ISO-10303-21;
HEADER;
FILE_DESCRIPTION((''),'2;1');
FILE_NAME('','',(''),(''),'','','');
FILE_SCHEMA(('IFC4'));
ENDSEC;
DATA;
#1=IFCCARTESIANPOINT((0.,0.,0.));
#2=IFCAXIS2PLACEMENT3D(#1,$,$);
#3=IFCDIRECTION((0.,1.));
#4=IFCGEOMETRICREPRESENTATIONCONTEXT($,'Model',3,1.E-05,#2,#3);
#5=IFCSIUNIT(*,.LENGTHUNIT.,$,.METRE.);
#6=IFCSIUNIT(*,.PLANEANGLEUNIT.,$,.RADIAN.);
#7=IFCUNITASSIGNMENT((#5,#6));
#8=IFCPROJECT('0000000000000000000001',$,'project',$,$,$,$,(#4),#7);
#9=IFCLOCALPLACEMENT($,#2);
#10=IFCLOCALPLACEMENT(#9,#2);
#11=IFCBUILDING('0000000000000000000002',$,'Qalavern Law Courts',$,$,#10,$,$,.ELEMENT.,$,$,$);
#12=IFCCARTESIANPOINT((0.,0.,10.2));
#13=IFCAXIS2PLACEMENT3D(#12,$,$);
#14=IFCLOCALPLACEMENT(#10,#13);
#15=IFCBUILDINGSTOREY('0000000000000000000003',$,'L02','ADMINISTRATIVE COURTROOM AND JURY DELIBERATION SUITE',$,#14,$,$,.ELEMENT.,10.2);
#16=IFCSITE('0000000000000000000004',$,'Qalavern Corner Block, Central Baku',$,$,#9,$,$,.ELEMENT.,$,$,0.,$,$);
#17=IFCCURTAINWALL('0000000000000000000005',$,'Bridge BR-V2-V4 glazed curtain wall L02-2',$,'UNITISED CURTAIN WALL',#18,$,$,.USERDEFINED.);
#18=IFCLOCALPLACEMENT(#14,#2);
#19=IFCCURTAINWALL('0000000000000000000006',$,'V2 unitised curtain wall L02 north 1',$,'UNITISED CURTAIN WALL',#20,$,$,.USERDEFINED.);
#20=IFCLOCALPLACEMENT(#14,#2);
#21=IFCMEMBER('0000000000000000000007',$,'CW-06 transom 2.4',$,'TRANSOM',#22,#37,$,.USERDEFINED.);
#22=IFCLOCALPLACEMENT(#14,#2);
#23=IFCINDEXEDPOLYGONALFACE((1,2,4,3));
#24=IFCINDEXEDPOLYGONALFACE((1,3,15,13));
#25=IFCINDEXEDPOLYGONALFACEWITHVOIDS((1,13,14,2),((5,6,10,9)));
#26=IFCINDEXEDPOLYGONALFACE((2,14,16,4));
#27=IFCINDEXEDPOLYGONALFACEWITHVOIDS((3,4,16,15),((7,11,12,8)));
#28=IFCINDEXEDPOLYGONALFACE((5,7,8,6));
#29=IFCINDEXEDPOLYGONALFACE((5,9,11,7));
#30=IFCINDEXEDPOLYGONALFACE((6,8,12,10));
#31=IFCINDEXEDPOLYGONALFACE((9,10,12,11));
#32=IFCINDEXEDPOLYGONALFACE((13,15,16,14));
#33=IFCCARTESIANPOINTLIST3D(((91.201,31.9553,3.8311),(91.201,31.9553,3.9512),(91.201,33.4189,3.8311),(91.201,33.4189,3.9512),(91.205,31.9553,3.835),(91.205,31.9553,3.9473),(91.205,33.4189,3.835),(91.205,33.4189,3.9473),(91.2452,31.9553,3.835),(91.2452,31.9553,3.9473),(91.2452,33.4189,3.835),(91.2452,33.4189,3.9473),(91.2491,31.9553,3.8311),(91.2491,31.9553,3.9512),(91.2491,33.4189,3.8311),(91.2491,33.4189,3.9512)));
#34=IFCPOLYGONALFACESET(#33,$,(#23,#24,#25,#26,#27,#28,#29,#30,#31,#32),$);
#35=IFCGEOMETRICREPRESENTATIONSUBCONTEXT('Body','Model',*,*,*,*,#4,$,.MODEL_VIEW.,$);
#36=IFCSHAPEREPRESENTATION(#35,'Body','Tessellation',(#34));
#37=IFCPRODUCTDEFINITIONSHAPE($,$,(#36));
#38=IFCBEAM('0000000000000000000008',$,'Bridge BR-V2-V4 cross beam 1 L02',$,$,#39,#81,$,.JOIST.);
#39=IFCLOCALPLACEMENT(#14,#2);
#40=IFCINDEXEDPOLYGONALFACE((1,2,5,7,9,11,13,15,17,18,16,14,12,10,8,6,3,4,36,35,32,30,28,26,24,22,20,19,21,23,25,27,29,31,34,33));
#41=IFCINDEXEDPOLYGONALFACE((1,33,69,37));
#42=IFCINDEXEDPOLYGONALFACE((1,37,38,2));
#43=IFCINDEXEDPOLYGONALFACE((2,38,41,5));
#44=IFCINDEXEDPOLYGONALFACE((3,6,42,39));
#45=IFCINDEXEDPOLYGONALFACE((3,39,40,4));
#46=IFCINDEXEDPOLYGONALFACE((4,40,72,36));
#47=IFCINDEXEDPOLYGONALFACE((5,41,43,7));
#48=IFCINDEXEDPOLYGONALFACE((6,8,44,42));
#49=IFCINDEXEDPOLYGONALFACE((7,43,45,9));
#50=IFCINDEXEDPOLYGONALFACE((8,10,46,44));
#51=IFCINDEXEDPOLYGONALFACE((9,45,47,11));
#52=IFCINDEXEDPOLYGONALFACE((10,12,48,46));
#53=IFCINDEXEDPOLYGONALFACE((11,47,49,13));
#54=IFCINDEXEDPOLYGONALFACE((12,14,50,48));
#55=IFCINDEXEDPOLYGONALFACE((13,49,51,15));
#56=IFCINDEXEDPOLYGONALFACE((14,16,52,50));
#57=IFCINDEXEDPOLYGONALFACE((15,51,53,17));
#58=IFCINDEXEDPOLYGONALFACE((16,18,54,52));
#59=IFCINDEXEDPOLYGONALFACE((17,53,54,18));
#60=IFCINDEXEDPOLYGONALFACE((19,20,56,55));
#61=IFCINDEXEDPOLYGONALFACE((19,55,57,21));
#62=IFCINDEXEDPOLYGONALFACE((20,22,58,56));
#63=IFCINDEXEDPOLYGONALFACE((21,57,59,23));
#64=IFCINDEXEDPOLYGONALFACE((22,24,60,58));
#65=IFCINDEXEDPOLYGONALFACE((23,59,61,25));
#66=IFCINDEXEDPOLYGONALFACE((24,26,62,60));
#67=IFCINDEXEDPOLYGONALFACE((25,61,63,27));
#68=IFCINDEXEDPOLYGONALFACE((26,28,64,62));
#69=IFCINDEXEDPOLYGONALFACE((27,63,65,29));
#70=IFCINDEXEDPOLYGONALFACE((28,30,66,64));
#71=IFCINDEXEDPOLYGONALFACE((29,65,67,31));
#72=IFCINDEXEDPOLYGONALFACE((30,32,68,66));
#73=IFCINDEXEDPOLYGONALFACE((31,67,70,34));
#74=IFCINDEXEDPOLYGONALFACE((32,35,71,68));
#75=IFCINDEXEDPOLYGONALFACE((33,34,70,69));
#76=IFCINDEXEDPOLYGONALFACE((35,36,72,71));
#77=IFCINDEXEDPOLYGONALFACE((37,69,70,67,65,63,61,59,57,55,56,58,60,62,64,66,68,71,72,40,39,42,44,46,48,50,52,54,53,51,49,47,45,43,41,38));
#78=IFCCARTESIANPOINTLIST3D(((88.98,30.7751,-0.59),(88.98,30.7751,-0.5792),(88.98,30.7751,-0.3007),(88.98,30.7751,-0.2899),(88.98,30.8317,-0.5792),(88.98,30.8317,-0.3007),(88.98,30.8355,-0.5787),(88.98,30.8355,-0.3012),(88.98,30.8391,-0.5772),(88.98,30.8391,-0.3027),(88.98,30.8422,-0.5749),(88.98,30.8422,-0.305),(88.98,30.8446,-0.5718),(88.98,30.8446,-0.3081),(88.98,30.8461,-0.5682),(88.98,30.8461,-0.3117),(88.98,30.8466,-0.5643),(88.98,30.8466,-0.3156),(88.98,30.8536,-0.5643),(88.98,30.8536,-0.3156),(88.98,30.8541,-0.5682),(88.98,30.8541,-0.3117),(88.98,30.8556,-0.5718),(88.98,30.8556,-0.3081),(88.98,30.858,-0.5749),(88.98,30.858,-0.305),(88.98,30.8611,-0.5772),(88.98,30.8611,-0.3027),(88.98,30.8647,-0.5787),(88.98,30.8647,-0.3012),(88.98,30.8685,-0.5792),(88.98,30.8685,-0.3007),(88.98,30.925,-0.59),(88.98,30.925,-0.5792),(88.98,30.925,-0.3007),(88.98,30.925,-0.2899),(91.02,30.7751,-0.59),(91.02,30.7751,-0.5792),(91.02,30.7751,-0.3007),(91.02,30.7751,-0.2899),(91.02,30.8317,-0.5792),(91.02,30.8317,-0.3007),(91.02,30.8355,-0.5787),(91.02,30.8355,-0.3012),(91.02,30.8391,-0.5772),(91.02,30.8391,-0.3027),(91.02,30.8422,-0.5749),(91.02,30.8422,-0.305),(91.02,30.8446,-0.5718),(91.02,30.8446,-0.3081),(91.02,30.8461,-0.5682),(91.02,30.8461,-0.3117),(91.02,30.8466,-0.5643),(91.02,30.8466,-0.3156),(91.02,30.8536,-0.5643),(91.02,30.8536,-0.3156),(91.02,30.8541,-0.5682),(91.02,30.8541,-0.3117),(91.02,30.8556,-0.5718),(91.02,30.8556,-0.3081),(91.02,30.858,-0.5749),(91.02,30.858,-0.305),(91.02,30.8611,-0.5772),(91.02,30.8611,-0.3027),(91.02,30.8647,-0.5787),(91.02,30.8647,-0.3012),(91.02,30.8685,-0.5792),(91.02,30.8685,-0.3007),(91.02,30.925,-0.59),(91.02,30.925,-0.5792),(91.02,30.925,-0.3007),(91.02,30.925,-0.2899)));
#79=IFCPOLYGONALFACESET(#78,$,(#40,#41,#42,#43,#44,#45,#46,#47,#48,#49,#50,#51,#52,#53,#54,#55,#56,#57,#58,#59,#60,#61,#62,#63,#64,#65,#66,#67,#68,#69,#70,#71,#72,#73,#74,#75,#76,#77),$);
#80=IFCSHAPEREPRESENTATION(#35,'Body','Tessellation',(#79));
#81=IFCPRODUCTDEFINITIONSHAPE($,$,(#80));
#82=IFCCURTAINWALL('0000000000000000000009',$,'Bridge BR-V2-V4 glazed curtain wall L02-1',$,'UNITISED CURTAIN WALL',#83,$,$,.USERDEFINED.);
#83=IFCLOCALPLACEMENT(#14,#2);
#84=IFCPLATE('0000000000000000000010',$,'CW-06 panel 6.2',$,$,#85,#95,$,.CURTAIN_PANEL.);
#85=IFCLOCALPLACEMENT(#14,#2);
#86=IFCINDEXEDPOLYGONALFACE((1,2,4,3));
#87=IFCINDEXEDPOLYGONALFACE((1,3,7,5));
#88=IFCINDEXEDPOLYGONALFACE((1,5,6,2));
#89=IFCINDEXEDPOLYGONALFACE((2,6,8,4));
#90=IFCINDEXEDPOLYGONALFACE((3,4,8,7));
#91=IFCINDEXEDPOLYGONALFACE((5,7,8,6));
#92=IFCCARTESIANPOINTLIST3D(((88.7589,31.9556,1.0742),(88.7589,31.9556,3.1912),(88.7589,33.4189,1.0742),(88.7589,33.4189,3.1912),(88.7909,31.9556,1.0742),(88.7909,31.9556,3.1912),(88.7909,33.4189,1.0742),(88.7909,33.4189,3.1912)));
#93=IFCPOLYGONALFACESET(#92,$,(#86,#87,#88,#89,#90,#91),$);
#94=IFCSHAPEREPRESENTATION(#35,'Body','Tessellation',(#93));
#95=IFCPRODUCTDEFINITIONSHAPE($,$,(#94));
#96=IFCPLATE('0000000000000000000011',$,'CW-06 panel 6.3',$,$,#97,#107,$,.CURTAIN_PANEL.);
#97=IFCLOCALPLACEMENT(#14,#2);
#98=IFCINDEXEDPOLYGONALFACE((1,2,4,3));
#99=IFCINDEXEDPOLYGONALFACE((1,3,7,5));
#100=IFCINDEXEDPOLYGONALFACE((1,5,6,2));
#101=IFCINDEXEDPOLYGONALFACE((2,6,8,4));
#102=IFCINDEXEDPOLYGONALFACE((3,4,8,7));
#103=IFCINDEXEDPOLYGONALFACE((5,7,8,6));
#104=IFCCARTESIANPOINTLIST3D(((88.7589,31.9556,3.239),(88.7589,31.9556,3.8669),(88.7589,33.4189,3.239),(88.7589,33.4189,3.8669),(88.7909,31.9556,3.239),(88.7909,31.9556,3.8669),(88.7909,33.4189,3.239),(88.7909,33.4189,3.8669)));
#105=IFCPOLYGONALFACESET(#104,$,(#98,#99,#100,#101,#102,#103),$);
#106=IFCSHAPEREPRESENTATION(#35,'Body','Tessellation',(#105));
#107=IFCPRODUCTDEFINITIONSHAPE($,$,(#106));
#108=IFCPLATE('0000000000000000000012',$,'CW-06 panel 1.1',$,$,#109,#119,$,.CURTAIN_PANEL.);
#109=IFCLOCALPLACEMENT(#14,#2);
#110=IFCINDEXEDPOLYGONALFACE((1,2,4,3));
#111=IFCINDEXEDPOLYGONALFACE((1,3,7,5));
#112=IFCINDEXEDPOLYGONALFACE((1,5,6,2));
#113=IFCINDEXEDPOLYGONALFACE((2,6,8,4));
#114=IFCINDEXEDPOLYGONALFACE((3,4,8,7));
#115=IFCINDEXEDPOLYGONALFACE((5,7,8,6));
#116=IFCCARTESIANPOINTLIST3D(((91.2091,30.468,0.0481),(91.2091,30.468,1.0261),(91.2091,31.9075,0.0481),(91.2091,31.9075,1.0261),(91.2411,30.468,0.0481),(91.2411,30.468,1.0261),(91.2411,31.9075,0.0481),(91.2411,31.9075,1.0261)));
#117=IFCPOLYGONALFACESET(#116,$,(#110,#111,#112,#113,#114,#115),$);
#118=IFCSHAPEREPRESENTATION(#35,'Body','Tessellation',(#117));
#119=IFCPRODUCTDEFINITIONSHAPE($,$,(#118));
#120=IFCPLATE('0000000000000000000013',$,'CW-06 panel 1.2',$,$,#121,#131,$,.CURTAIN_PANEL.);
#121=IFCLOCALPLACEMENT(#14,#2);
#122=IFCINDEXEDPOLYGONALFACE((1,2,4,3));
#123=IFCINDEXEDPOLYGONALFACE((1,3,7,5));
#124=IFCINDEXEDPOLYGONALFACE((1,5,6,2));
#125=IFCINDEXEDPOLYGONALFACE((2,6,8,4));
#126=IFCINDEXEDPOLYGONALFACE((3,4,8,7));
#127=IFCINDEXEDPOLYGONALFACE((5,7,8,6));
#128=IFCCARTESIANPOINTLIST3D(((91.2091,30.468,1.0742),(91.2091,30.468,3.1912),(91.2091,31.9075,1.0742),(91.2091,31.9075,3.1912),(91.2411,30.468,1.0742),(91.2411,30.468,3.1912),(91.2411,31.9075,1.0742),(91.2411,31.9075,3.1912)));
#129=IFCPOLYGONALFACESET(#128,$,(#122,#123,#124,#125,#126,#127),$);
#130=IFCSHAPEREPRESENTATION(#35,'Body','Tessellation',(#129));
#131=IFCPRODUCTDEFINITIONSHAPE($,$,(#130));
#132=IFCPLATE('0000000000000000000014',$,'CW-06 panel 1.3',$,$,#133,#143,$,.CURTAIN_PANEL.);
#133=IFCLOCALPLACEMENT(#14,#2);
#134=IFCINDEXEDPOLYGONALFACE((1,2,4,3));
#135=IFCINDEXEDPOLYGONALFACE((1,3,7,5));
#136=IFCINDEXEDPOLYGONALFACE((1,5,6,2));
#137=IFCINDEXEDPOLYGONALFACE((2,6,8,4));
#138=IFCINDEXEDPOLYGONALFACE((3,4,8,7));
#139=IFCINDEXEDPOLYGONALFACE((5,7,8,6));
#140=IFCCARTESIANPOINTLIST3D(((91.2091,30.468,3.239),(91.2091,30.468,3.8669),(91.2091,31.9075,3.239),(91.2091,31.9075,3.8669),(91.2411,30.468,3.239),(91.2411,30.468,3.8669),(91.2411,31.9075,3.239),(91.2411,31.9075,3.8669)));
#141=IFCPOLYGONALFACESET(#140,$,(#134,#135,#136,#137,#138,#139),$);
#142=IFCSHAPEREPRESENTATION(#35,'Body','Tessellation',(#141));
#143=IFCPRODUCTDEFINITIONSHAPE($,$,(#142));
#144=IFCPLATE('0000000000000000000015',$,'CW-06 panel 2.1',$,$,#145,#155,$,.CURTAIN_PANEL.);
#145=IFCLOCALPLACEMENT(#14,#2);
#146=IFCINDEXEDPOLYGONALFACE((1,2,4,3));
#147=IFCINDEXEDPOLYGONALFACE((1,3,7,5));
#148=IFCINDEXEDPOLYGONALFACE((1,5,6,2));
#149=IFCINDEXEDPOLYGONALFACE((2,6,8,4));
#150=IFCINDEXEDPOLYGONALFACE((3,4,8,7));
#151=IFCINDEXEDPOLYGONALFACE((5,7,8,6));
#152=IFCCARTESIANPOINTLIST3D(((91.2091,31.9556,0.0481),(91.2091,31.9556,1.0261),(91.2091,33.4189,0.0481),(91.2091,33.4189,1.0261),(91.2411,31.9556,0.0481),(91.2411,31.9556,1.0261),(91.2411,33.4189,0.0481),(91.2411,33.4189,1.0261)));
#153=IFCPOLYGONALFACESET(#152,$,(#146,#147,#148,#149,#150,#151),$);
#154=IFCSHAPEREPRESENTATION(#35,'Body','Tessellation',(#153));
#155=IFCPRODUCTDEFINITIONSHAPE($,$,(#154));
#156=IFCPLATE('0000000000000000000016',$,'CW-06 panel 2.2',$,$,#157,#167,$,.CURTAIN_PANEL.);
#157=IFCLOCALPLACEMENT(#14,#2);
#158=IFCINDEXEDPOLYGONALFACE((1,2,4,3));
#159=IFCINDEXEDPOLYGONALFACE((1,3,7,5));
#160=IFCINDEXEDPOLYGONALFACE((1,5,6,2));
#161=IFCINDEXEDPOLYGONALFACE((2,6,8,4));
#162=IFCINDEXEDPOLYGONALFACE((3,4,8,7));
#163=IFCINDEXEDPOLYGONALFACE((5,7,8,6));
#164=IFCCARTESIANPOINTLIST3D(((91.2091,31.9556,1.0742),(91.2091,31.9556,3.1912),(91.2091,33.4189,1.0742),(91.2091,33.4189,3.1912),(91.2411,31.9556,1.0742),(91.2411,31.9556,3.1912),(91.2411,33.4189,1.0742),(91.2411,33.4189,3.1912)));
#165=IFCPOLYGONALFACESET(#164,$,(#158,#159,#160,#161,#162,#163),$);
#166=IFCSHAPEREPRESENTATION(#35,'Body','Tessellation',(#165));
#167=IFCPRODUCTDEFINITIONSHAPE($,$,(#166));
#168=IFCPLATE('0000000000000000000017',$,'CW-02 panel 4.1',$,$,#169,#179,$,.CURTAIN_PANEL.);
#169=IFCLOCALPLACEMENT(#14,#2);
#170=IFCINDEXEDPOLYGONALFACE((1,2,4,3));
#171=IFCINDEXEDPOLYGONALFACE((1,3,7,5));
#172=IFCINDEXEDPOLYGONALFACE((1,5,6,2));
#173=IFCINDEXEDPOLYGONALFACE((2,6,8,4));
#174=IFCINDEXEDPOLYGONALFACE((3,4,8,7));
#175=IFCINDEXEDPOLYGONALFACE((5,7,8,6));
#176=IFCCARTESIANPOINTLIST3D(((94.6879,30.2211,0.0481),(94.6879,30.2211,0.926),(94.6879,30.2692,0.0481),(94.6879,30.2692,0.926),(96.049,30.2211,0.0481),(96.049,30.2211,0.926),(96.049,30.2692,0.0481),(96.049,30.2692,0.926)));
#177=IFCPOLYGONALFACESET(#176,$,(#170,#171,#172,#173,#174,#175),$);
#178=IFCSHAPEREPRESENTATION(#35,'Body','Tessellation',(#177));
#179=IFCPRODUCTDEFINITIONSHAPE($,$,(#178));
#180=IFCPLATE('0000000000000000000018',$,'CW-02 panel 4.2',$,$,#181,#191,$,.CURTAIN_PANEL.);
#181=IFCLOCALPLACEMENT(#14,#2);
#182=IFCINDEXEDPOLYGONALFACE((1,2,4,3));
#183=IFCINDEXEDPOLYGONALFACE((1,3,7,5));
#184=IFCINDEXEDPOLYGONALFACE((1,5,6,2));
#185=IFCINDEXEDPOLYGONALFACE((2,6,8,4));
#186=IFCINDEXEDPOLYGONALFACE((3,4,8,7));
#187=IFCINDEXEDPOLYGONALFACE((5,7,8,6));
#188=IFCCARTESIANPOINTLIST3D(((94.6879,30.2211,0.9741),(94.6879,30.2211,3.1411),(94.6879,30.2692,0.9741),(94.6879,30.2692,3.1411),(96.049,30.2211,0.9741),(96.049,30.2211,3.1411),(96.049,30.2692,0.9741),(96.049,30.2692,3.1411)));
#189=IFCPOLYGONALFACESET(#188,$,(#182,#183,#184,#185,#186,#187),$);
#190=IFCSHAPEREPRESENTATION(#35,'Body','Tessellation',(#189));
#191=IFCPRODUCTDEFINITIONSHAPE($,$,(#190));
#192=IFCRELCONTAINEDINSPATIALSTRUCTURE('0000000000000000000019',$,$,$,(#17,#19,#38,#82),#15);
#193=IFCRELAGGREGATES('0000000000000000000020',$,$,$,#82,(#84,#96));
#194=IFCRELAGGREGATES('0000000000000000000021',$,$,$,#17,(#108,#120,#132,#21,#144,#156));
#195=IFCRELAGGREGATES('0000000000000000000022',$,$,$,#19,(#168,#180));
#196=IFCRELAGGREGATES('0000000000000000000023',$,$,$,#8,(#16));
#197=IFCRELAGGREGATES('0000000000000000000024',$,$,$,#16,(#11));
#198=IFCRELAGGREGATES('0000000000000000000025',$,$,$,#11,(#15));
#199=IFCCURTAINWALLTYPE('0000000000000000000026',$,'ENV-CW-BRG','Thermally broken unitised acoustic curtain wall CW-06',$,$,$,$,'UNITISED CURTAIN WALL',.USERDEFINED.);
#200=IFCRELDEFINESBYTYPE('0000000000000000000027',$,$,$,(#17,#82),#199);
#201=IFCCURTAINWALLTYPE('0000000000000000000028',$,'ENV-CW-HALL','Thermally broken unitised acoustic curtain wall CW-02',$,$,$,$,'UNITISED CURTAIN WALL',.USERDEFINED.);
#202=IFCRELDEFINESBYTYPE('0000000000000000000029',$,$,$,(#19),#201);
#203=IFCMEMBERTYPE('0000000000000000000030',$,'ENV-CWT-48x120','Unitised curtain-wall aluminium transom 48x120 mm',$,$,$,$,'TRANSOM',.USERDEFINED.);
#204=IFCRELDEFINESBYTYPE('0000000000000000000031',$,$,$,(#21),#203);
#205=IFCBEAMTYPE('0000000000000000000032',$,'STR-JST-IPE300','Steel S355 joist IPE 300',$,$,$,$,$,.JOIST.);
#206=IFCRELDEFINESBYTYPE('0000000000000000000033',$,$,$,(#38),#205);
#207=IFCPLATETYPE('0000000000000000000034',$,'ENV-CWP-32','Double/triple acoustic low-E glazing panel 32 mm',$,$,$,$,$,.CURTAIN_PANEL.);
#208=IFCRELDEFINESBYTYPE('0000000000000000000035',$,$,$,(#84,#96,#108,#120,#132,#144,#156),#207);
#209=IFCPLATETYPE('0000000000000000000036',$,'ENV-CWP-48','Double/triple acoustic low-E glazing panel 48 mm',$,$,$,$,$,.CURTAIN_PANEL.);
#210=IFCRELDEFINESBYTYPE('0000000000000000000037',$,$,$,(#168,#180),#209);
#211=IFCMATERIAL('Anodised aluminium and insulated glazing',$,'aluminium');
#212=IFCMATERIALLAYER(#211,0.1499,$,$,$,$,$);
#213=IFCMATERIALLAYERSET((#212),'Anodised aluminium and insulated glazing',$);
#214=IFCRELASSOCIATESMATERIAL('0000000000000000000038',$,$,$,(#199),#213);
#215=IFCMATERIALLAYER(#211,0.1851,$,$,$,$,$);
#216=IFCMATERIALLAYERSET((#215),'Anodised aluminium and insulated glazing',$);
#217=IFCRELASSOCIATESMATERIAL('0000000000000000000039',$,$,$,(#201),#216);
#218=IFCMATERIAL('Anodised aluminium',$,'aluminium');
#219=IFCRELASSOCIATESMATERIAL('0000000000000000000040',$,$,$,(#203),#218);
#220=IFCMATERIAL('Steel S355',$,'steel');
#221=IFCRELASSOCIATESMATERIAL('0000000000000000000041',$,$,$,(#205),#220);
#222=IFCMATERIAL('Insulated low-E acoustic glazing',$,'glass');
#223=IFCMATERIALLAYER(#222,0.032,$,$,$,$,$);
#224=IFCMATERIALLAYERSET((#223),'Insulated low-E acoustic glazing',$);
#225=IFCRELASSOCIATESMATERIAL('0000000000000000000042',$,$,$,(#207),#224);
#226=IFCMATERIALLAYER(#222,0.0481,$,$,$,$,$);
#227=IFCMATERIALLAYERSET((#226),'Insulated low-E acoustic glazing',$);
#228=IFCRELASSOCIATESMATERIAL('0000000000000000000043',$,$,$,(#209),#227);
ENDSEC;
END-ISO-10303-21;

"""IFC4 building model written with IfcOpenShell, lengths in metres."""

from ifc_helpers import new_model, si_unit, direction, frame, origin, origin_2d, place, context, subcontext, project, spatial, rectangle, hollow_rectangle, i_section, extrude, material, layer, layer_set, material_profile, profile_set, type_object, element, aggregate, save


model = new_model("IFC4")

# Units and contexts
model_context = context("Model", 3, precision=1e-05, world=origin(), true_north=direction((0.0, 1.0)))
body_context = subcontext(model_context, "Body", "Model", "MODEL_VIEW")
ifc_project = project(units=[si_unit("LENGTHUNIT", "METRE"), si_unit("PLANEANGLEUNIT", "RADIAN")], contexts=[model_context])

# Site, building, storey
site_placement = place(None, origin())
site = spatial("IfcSite", under=ifc_project, at=site_placement, Name="Qalavern Corner Block, Central Baku", CompositionType="ELEMENT", RefElevation=0.0)
building_placement = place(site_placement, origin())
building = spatial("IfcBuilding", under=site, at=building_placement, Name="Qalavern Law Courts", CompositionType="ELEMENT")
storey_placement = place(building_placement, frame((0.0, 0.0, 10.2)))
storey = spatial("IfcBuildingStorey", under=building, at=storey_placement, Name="L02", Description="ADMINISTRATIVE COURTROOM AND JURY DELIBERATION SUITE", CompositionType="ELEMENT", Elevation=10.2)

# Curtain wall
ifc_material_1 = material(Name="Anodised aluminium and insulated glazing", Category="aluminium")
ifc_layer_1 = layer(ifc_material_1, 0.1499)
ifc_layer_set_1 = layer_set([ifc_layer_1], Name="Anodised aluminium and insulated glazing")
curtain_wall_type_1 = type_object("IfcCurtainWallType", Name="ENV-CW-BRG", Description="Thermally broken unitised acoustic curtain wall CW-06", ElementType="UNITISED CURTAIN WALL", PredefinedType="USERDEFINED", material=ifc_layer_set_1)
curtain_wall_1_placement = place(storey_placement, origin())
curtain_wall_1 = element("IfcCurtainWall", 1, at=curtain_wall_1_placement, inside=storey, type_object=curtain_wall_type_1, Name="Bridge BR-V2-V4 glazed curtain wall L02-2", ObjectType="UNITISED CURTAIN WALL", PredefinedType="USERDEFINED")
ifc_material_2 = material(Name="Anodised aluminium", Category="aluminium")

# Curtain wall
ifc_layer_2 = layer(ifc_material_1, 0.1851)
ifc_layer_set_2 = layer_set([ifc_layer_2], Name="Anodised aluminium and insulated glazing")
curtain_wall_type_2 = type_object("IfcCurtainWallType", Name="ENV-CW-HALL", Description="Thermally broken unitised acoustic curtain wall CW-02", ElementType="UNITISED CURTAIN WALL", PredefinedType="USERDEFINED", material=ifc_layer_set_2)
curtain_wall_2_placement = place(storey_placement, origin())
curtain_wall_2 = element("IfcCurtainWall", 2, at=curtain_wall_2_placement, inside=storey, type_object=curtain_wall_type_2, Name="V2 unitised curtain wall L02 north 1", ObjectType="UNITISED CURTAIN WALL", PredefinedType="USERDEFINED")

# Member
ifc_material_profile_1 = material_profile(ifc_material_2, hollow_rectangle(XDim=0.0481, YDim=0.1201, WallThickness=0.0039, at=origin_2d()), Name="ALU TRANSOM 48x120")
ifc_profile_set_1 = profile_set([ifc_material_profile_1], Name="Anodised aluminium")
member_type_1 = type_object("IfcMemberType", Name="ENV-CWT-48x120", Description="Unitised curtain-wall aluminium transom 48x120 mm", ElementType="TRANSOM", PredefinedType="USERDEFINED", material=ifc_profile_set_1)
member_1_placement = place(storey_placement, frame((91.2251, 31.9553, 3.8911), z_axis=(0.0, 1.0, 0.0), x_axis=(-1.0, 0.0, 0.0)))
member_1 = element("IfcMember", 3, at=member_1_placement, type_object=member_type_1, Name="CW-06 transom 2.4", ObjectType="TRANSOM", PredefinedType="USERDEFINED", context=body_context, shape_type="SweptSolid", body=[
    extrude(hollow_rectangle(XDim=0.0481, YDim=0.1201, WallThickness=0.0039, at=origin_2d()), origin(), (0.0, 0.0, 1.0), 1.4636),
])

# Beam
ifc_material_3 = material(Name="Steel S355", Category="steel")
ifc_material_profile_2 = material_profile(ifc_material_3, i_section(OverallWidth=0.1499, OverallDepth=0.3, WebThickness=0.0071, FlangeThickness=0.0107, FilletRadius=0.0149, at=origin_2d()), Name="IPE 300")
ifc_profile_set_2 = profile_set([ifc_material_profile_2], Name="Steel S355")
beam_type = type_object("IfcBeamType", Name="STR-JST-IPE300", Description="Steel S355 joist IPE 300", PredefinedType="JOIST", material=ifc_profile_set_2)
beam_placement = place(storey_placement, frame((88.98, 30.8501, -0.4399), z_axis=(1.0, 0.0, 0.0), x_axis=(0.0, 1.0, 0.0)))
element("IfcBeam", 4, at=beam_placement, inside=storey, type_object=beam_type, Name="Bridge BR-V2-V4 cross beam 1 L02", PredefinedType="JOIST", context=body_context, shape_type="SweptSolid", body=[
    extrude(i_section(OverallWidth=0.1499, OverallDepth=0.3, WebThickness=0.0071, FlangeThickness=0.0107, FilletRadius=0.0149, at=origin_2d()), origin(), (0.0, 0.0, 1.0), 2.04),
])

# Curtain wall, plates
curtain_wall_3_placement = place(storey_placement, origin())
curtain_wall_3 = element("IfcCurtainWall", 5, at=curtain_wall_3_placement, inside=storey, type_object=curtain_wall_type_1, Name="Bridge BR-V2-V4 glazed curtain wall L02-1", ObjectType="UNITISED CURTAIN WALL", PredefinedType="USERDEFINED")
ifc_material_4 = material(Name="Insulated low-E acoustic glazing", Category="glass")
ifc_layer_3 = layer(ifc_material_4, 0.032)
ifc_layer_set_3 = layer_set([ifc_layer_3], Name="Insulated low-E acoustic glazing")
plate_type_1 = type_object("IfcPlateType", Name="ENV-CWP-32", Description="Double/triple acoustic low-E glazing panel 32 mm", PredefinedType="CURTAIN_PANEL", material=ifc_layer_set_3)
plate_1_placement = place(storey_placement, frame((88.7749, 32.6873, 1.0742), z_axis=(0.0, 0.0, 1.0), x_axis=(0.0, -1.0, 0.0)))
plate_1 = element("IfcPlate", 6, at=plate_1_placement, type_object=plate_type_1, Name="CW-06 panel 6.2", PredefinedType="CURTAIN_PANEL", context=body_context, shape_type="SweptSolid", body=[
    extrude(rectangle(XDim=1.4634, YDim=0.032, at=origin_2d()), origin(), (0.0, 0.0, 1.0), 2.1169),
])
plate_2_placement = place(storey_placement, frame((88.7749, 32.6873, 3.239), z_axis=(0.0, 0.0, 1.0), x_axis=(0.0, -1.0, 0.0)))
plate_2 = element("IfcPlate", 7, at=plate_2_placement, type_object=plate_type_1, Name="CW-06 panel 6.3", PredefinedType="CURTAIN_PANEL", context=body_context, shape_type="SweptSolid", body=[
    extrude(rectangle(XDim=1.4634, YDim=0.032, at=origin_2d()), origin(), (0.0, 0.0, 1.0), 0.6279),
])
aggregate(curtain_wall_3, [plate_1, plate_2])

# Plates
plate_3_placement = place(storey_placement, frame((91.2251, 31.1877, 0.0481), z_axis=(0.0, 0.0, 1.0), x_axis=(0.0, 1.0, 0.0)))
plate_3 = element("IfcPlate", 8, at=plate_3_placement, type_object=plate_type_1, Name="CW-06 panel 1.1", PredefinedType="CURTAIN_PANEL", context=body_context, shape_type="SweptSolid", body=[
    extrude(rectangle(XDim=1.4395, YDim=0.032, at=origin_2d()), origin(), (0.0, 0.0, 1.0), 0.978),
])
plate_4_placement = place(storey_placement, frame((91.2251, 31.1877, 1.0742), z_axis=(0.0, 0.0, 1.0), x_axis=(0.0, 1.0, 0.0)))
plate_4 = element("IfcPlate", 9, at=plate_4_placement, type_object=plate_type_1, Name="CW-06 panel 1.2", PredefinedType="CURTAIN_PANEL", context=body_context, shape_type="SweptSolid", body=[
    extrude(rectangle(XDim=1.4395, YDim=0.032, at=origin_2d()), origin(), (0.0, 0.0, 1.0), 2.1169),
])
plate_5_placement = place(storey_placement, frame((91.2251, 31.1877, 3.239), z_axis=(0.0, 0.0, 1.0), x_axis=(0.0, 1.0, 0.0)))
plate_5 = element("IfcPlate", 10, at=plate_5_placement, type_object=plate_type_1, Name="CW-06 panel 1.3", PredefinedType="CURTAIN_PANEL", context=body_context, shape_type="SweptSolid", body=[
    extrude(rectangle(XDim=1.4395, YDim=0.032, at=origin_2d()), origin(), (0.0, 0.0, 1.0), 0.6279),
])
plate_6_placement = place(storey_placement, frame((91.2251, 32.6873, 0.0481), z_axis=(0.0, 0.0, 1.0), x_axis=(0.0, 1.0, 0.0)))
plate_6 = element("IfcPlate", 11, at=plate_6_placement, type_object=plate_type_1, Name="CW-06 panel 2.1", PredefinedType="CURTAIN_PANEL", context=body_context, shape_type="SweptSolid", body=[
    extrude(rectangle(XDim=1.4634, YDim=0.032, at=origin_2d()), origin(), (0.0, 0.0, 1.0), 0.978),
])
plate_7_placement = place(storey_placement, frame((91.2251, 32.6873, 1.0742), z_axis=(0.0, 0.0, 1.0), x_axis=(0.0, 1.0, 0.0)))
plate_7 = element("IfcPlate", 12, at=plate_7_placement, type_object=plate_type_1, Name="CW-06 panel 2.2", PredefinedType="CURTAIN_PANEL", context=body_context, shape_type="SweptSolid", body=[
    extrude(rectangle(XDim=1.4634, YDim=0.032, at=origin_2d()), origin(), (0.0, 0.0, 1.0), 2.1169),
])
aggregate(curtain_wall_1, [plate_3, plate_4, plate_5, member_1, plate_6, plate_7])
ifc_layer_4 = layer(ifc_material_4, 0.0481)
ifc_layer_set_4 = layer_set([ifc_layer_4], Name="Insulated low-E acoustic glazing")
plate_type_2 = type_object("IfcPlateType", Name="ENV-CWP-48", Description="Double/triple acoustic low-E glazing panel 48 mm", PredefinedType="CURTAIN_PANEL", material=ifc_layer_set_4)
plate_8_placement = place(storey_placement, frame((95.3684, 30.2451, 0.0481), z_axis=(0.0, 0.0, 1.0), x_axis=(-1.0, 0.0, 0.0)))
plate_8 = element("IfcPlate", 13, at=plate_8_placement, type_object=plate_type_2, Name="CW-02 panel 4.1", PredefinedType="CURTAIN_PANEL", context=body_context, shape_type="SweptSolid", body=[
    extrude(rectangle(XDim=1.3611, YDim=0.0481, at=origin_2d()), origin(), (0.0, 0.0, 1.0), 0.8779),
])
plate_9_placement = place(storey_placement, frame((95.3684, 30.2451, 0.9741), z_axis=(0.0, 0.0, 1.0), x_axis=(-1.0, 0.0, 0.0)))
plate_9 = element("IfcPlate", 14, at=plate_9_placement, type_object=plate_type_2, Name="CW-02 panel 4.2", PredefinedType="CURTAIN_PANEL", context=body_context, shape_type="SweptSolid", body=[
    extrude(rectangle(XDim=1.3611, YDim=0.0481, at=origin_2d()), origin(), (0.0, 0.0, 1.0), 2.167),
])
aggregate(curtain_wall_2, [plate_8, plate_9])

save(model, "model.ifc")
